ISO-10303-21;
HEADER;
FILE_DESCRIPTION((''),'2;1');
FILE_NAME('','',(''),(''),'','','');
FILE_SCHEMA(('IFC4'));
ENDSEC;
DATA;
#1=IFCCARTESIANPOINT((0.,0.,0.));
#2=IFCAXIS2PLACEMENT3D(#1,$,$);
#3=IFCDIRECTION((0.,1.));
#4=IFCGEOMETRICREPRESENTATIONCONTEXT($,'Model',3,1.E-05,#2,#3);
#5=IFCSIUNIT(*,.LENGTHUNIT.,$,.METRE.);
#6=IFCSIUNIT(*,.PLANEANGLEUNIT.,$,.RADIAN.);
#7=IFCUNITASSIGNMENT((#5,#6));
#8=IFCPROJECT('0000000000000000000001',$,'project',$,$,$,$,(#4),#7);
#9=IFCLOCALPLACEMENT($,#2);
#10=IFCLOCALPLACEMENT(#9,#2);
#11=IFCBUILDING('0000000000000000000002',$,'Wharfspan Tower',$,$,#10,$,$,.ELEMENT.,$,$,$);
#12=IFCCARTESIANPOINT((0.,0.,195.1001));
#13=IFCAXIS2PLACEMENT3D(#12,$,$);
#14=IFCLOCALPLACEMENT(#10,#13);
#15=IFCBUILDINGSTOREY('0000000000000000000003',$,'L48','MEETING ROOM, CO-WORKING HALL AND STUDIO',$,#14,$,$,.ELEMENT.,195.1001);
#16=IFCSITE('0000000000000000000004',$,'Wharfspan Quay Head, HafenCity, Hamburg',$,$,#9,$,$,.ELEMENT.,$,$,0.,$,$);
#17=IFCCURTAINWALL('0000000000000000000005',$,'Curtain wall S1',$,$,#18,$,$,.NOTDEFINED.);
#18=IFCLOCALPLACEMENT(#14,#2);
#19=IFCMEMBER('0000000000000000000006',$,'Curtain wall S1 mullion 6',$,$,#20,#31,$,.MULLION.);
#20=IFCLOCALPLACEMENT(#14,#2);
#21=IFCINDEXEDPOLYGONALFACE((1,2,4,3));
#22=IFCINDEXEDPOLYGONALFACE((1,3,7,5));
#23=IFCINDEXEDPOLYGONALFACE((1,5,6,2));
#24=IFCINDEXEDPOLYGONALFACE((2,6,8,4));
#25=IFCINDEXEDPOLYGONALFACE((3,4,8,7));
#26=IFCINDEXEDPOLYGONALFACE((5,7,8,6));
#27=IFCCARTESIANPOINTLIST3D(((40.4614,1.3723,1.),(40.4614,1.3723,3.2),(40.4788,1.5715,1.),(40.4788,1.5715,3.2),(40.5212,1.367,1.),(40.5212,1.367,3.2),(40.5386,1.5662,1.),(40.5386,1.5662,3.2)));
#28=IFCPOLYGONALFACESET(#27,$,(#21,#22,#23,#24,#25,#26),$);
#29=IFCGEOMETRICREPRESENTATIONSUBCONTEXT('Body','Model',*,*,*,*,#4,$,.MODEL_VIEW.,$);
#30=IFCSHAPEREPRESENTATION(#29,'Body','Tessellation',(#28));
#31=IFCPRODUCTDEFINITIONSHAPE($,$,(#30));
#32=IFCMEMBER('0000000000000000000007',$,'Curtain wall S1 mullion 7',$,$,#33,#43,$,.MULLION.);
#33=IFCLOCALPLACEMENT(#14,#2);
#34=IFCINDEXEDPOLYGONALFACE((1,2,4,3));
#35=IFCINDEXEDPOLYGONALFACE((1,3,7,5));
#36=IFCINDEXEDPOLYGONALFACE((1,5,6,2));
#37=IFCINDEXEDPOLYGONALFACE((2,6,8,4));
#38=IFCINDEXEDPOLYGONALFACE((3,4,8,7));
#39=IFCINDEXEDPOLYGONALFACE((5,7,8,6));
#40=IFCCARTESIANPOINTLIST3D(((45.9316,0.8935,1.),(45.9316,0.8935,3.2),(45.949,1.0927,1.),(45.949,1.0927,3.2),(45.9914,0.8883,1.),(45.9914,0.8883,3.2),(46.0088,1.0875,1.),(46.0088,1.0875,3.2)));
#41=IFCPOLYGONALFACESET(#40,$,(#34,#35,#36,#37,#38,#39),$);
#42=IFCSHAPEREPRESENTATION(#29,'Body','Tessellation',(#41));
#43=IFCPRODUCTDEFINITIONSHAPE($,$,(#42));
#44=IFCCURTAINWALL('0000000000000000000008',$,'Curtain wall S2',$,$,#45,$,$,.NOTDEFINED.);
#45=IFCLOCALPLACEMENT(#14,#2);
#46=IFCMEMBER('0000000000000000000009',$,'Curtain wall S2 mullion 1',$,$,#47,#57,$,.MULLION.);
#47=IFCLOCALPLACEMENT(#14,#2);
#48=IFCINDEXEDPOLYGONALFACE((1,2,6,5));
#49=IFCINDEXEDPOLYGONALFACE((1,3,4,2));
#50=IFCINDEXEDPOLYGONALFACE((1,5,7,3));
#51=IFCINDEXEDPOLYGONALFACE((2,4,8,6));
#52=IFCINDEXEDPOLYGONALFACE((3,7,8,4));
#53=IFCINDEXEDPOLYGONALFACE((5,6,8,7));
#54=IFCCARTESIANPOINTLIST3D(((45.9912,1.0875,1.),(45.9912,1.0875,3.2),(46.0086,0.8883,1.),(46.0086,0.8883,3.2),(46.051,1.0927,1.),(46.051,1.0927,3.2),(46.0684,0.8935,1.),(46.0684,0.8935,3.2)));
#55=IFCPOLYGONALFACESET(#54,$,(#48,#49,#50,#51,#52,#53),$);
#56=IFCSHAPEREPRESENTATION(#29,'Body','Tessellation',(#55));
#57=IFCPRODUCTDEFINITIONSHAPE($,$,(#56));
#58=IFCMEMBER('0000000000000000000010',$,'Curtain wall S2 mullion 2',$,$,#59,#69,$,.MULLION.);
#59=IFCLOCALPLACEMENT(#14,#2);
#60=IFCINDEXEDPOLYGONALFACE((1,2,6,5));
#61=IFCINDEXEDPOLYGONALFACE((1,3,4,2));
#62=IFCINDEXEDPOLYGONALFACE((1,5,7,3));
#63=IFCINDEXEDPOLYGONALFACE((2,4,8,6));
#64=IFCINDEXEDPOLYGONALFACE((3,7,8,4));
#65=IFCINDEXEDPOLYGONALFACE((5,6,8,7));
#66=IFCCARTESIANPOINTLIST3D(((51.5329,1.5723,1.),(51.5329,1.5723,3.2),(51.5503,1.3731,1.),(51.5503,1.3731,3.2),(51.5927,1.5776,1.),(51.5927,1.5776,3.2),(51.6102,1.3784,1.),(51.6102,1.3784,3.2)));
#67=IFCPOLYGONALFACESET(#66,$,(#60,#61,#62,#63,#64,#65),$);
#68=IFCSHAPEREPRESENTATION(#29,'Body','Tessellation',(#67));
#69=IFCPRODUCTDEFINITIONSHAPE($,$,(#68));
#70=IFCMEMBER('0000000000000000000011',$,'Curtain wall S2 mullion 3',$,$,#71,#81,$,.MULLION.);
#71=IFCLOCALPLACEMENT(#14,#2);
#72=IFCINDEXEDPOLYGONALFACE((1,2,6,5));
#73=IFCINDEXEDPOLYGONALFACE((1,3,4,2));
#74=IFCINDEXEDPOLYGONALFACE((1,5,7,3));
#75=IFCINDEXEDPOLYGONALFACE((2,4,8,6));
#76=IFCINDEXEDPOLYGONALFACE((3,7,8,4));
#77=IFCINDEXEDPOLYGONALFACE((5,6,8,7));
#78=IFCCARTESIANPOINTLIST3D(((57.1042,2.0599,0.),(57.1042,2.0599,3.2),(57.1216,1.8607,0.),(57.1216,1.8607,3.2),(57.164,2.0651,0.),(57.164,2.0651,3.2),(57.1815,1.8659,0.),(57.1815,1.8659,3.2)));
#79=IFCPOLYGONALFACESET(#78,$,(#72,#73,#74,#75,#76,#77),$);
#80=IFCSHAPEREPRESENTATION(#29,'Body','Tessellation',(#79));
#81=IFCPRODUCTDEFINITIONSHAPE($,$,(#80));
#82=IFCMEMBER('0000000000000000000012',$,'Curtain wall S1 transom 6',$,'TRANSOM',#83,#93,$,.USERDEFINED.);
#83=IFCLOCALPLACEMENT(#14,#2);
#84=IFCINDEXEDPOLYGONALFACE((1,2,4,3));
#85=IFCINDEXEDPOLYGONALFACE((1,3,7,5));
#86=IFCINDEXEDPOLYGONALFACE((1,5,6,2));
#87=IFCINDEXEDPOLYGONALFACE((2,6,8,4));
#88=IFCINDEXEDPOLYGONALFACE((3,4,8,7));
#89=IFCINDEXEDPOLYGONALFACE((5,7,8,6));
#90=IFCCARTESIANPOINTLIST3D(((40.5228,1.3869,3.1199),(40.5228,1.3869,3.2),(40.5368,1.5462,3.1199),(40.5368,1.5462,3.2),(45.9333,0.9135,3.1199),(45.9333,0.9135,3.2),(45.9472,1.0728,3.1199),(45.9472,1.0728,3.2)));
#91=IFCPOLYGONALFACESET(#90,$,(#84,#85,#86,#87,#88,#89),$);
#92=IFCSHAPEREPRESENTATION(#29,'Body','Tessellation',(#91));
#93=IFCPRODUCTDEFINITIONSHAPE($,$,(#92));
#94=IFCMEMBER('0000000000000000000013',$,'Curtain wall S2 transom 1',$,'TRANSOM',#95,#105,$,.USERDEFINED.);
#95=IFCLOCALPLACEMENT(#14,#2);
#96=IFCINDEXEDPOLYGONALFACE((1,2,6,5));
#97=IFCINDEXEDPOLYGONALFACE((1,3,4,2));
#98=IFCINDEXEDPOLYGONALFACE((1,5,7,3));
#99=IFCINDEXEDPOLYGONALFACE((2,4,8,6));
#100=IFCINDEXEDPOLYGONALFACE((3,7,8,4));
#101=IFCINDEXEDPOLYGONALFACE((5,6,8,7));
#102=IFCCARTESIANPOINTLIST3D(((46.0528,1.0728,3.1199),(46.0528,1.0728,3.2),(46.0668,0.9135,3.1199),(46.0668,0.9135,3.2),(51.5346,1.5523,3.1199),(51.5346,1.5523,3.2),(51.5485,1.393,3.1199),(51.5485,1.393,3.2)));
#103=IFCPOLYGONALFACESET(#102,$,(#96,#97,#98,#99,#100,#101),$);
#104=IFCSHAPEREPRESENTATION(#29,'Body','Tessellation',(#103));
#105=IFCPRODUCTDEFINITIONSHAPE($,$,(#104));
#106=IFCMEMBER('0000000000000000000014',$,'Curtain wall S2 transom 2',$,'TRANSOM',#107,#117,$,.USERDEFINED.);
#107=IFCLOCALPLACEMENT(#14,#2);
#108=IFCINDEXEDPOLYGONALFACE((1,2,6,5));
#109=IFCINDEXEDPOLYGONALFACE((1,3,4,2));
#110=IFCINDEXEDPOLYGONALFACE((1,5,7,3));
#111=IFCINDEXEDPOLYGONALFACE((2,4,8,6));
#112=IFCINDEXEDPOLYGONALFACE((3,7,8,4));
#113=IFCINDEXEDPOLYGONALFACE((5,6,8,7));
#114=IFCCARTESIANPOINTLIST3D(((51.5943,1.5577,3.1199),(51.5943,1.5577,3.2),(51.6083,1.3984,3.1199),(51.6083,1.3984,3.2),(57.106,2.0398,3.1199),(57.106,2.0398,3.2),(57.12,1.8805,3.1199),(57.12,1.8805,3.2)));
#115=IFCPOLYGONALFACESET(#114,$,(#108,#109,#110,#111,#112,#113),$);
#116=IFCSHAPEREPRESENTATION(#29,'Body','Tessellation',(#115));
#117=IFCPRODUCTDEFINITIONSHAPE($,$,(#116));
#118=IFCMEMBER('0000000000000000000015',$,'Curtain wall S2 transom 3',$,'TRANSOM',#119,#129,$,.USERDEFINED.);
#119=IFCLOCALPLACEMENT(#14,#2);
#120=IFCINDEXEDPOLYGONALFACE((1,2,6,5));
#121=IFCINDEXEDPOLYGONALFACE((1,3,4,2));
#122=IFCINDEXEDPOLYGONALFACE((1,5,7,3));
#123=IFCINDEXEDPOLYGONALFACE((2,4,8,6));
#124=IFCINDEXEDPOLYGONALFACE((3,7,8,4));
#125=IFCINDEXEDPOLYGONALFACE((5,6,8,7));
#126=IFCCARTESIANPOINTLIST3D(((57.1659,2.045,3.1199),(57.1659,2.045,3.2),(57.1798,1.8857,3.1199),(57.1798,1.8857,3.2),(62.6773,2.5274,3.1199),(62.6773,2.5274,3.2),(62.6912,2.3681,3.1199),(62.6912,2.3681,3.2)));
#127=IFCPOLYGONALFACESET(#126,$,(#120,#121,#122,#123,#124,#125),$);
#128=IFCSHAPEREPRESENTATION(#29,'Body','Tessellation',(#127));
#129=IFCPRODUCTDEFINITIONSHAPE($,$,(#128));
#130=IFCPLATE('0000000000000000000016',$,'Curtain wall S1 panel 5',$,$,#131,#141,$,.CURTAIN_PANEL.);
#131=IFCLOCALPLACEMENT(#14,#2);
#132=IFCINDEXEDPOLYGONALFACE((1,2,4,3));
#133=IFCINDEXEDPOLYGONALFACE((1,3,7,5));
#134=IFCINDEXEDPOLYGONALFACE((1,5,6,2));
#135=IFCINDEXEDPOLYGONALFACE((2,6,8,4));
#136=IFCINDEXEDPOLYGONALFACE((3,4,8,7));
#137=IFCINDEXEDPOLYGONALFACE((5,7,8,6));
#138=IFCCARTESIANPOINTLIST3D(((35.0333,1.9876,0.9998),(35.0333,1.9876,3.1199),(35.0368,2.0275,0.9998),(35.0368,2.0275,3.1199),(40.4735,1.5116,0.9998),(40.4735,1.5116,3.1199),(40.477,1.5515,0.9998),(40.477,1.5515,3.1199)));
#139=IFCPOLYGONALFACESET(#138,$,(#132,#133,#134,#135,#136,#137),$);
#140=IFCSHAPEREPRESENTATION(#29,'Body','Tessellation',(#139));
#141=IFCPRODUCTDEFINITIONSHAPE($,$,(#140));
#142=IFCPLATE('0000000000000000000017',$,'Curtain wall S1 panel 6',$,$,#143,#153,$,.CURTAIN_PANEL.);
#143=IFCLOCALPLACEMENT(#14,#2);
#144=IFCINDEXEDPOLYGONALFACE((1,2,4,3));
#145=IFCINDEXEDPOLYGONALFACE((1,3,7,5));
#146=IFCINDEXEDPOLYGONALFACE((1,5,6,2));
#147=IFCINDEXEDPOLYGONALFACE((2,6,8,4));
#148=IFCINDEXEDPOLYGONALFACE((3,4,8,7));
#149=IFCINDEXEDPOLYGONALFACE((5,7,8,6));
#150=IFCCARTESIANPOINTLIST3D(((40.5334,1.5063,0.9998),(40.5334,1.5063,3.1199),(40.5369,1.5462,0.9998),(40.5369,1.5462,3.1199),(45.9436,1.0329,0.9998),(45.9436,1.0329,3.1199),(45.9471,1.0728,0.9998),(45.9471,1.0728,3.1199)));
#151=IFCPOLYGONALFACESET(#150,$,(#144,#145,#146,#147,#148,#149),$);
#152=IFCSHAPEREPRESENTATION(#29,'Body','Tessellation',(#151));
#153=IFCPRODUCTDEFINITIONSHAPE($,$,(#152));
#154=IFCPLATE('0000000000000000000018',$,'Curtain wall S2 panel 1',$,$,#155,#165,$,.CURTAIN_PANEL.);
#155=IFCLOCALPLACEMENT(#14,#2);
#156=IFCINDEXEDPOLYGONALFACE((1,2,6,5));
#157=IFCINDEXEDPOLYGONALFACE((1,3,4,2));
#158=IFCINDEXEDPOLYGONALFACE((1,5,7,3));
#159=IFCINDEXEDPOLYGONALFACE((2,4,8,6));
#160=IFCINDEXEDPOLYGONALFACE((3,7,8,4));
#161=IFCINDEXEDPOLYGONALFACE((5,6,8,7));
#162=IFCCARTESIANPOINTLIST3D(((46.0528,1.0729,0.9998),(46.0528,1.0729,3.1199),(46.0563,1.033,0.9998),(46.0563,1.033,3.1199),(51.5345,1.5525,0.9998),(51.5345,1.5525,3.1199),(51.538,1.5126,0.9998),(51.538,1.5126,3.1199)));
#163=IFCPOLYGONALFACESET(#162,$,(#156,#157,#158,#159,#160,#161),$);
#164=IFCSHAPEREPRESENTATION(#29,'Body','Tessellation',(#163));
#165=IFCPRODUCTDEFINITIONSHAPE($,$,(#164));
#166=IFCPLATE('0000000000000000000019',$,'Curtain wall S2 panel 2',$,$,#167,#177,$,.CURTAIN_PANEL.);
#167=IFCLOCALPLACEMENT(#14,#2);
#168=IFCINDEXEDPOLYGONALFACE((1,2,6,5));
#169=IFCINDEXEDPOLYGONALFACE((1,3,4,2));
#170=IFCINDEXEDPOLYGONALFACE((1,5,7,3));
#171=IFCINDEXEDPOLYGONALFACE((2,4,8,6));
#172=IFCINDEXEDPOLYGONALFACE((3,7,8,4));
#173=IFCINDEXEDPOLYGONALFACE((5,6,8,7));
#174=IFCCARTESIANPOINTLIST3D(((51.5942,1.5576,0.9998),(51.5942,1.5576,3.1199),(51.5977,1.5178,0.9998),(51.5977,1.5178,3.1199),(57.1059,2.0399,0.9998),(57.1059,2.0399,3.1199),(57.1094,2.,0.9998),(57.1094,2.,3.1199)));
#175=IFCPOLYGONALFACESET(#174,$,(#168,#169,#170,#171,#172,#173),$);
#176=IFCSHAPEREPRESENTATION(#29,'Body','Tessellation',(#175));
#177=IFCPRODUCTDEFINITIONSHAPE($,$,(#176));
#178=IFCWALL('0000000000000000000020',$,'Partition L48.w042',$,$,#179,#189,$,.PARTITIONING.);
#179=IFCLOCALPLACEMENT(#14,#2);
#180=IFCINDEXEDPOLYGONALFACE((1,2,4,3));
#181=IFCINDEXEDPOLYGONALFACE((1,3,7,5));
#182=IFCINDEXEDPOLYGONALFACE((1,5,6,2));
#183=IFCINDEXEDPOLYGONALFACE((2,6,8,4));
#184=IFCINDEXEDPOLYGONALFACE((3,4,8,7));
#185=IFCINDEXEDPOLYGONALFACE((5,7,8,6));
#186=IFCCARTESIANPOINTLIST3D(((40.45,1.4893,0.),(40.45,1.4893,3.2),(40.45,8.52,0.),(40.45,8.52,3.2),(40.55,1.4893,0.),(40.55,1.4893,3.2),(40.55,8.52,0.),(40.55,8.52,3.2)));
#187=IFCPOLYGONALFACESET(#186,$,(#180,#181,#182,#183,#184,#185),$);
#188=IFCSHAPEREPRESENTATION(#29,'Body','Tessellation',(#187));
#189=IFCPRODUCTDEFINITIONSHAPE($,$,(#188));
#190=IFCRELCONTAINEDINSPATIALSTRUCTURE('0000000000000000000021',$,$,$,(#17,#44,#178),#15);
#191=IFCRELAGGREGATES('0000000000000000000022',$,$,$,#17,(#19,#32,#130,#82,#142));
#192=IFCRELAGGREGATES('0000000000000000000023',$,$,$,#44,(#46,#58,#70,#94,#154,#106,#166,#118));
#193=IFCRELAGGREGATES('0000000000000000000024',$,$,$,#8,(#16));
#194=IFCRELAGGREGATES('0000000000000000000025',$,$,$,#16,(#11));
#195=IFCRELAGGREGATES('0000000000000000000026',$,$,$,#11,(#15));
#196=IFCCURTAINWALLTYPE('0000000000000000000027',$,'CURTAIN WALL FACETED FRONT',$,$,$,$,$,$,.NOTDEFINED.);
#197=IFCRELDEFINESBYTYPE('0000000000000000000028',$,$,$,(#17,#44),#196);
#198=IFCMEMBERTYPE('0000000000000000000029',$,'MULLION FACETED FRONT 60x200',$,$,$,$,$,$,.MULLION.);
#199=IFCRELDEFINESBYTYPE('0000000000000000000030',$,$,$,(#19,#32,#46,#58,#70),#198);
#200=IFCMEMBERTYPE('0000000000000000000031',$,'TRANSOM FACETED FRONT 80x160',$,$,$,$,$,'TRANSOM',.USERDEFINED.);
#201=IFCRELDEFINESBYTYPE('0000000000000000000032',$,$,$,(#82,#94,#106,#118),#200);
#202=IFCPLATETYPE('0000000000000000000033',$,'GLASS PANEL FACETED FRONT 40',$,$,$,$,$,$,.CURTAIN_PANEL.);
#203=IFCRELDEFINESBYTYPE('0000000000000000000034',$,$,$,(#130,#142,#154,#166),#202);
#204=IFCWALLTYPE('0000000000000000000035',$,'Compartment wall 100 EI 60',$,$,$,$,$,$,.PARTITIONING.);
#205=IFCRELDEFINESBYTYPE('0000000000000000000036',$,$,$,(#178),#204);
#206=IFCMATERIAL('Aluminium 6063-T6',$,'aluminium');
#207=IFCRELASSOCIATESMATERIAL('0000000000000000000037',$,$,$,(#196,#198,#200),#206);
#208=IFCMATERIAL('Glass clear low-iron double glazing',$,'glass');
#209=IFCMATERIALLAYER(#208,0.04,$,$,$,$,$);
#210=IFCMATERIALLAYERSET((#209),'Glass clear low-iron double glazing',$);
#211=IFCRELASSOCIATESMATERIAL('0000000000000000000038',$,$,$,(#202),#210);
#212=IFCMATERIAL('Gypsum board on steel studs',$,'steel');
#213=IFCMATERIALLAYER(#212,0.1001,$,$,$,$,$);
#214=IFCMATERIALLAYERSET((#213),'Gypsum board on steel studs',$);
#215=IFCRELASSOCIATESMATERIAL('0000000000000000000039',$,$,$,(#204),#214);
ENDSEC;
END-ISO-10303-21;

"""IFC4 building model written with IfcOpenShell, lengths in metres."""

from ifc_helpers import new_model, si_unit, direction, frame, frame_2d, origin, origin_2d, place, context, subcontext, project, spatial, rectangle, extrude, material, layer, layer_set, material_profile, profile_set, type_object, element, aggregate, save


model = new_model("IFC4")

# Units and contexts
model_context = context("Model", 3, precision=1e-05, world=origin(), true_north=direction((0.0, 1.0)))
body_context = subcontext(model_context, "Body", "Model", "MODEL_VIEW")
ifc_project = project(units=[si_unit("LENGTHUNIT", "METRE"), si_unit("PLANEANGLEUNIT", "RADIAN")], contexts=[model_context])

# Site, building, storey
site_placement = place(None, origin())
site = spatial("IfcSite", under=ifc_project, at=site_placement, Name="Wharfspan Quay Head, HafenCity, Hamburg", CompositionType="ELEMENT", RefElevation=0.0)
building_placement = place(site_placement, origin())
building = spatial("IfcBuilding", under=site, at=building_placement, Name="Wharfspan Tower", CompositionType="ELEMENT")
storey_placement = place(building_placement, frame((0.0, 0.0, 195.1001)))
storey = spatial("IfcBuildingStorey", under=building, at=storey_placement, Name="L48", Description="MEETING ROOM, CO-WORKING HALL AND STUDIO", CompositionType="ELEMENT", Elevation=195.1001)

# Curtain walls, members
ifc_material_1 = material(Name="Aluminium 6063-T6", Category="aluminium")
curtain_wall_type = type_object("IfcCurtainWallType", Name="CURTAIN WALL FACETED FRONT", PredefinedType="NOTDEFINED", material=ifc_material_1)
curtain_wall_1_placement = place(storey_placement, origin())
curtain_wall_1 = element("IfcCurtainWall", 1, at=curtain_wall_1_placement, inside=storey, type_object=curtain_wall_type, Name="Curtain wall S1", PredefinedType="NOTDEFINED")
ifc_material_profile_1 = material_profile(ifc_material_1, rectangle(XDim=0.2, YDim=0.0601, at=origin_2d()))
ifc_profile_set_1 = profile_set([ifc_material_profile_1], Name="Aluminium 6063-T6")
member_type_1 = type_object("IfcMemberType", Name="MULLION FACETED FRONT 60x200", PredefinedType="MULLION", material=ifc_profile_set_1)
member_1_placement = place(storey_placement, frame((40.5, 1.4692, 1.0), z_axis=(0.0, 0.0, 1.0), x_axis=(0.087156, 0.996198, 0.0)))
member_1 = element("IfcMember", 2, at=member_1_placement, type_object=member_type_1, Name="Curtain wall S1 mullion 6", PredefinedType="MULLION", context=body_context, shape_type="SweptSolid", body=[
    extrude(rectangle(XDim=0.2, YDim=0.0601, at=origin_2d()), origin(), (0.0, 0.0, 1.0), 2.2),
])
member_2_placement = place(storey_placement, frame((45.9702, 0.9905, 1.0), z_axis=(0.0, 0.0, 1.0), x_axis=(0.087156, 0.996198, 0.0)))
member_2 = element("IfcMember", 3, at=member_2_placement, type_object=member_type_1, Name="Curtain wall S1 mullion 7", PredefinedType="MULLION", context=body_context, shape_type="SweptSolid", body=[
    extrude(rectangle(XDim=0.2, YDim=0.0601, at=origin_2d()), origin(), (0.0, 0.0, 1.0), 2.2),
])
curtain_wall_2_placement = place(storey_placement, origin())
curtain_wall_2 = element("IfcCurtainWall", 4, at=curtain_wall_2_placement, inside=storey, type_object=curtain_wall_type, Name="Curtain wall S2", PredefinedType="NOTDEFINED")
member_3_placement = place(storey_placement, frame((46.0298, 0.9905, 1.0), z_axis=(0.0, 0.0, 1.0), x_axis=(-0.087156, 0.996198, 0.0)))
member_3 = element("IfcMember", 5, at=member_3_placement, type_object=member_type_1, Name="Curtain wall S2 mullion 1", PredefinedType="MULLION", context=body_context, shape_type="SweptSolid", body=[
    extrude(rectangle(XDim=0.2, YDim=0.0601, at=origin_2d()), origin(), (0.0, 0.0, 1.0), 2.2),
])
member_4_placement = place(storey_placement, frame((51.5715, 1.4753, 1.0), z_axis=(0.0, 0.0, 1.0), x_axis=(-0.087156, 0.996198, 0.0)))
member_4 = element("IfcMember", 6, at=member_4_placement, type_object=member_type_1, Name="Curtain wall S2 mullion 2", PredefinedType="MULLION", context=body_context, shape_type="SweptSolid", body=[
    extrude(rectangle(XDim=0.2, YDim=0.0601, at=origin_2d()), origin(), (0.0, 0.0, 1.0), 2.2),
])
member_5_placement = place(storey_placement, frame((57.1428, 1.9629, 0.0), z_axis=(0.0, 0.0, 1.0), x_axis=(-0.087156, 0.996198, 0.0)))
member_5 = element("IfcMember", 7, at=member_5_placement, type_object=member_type_1, Name="Curtain wall S2 mullion 3", PredefinedType="MULLION", context=body_context, shape_type="SweptSolid", body=[
    extrude(rectangle(XDim=0.2, YDim=0.0601, at=origin_2d()), origin(), (0.0, 0.0, 1.0), 3.2),
])

# Members
ifc_material_profile_2 = material_profile(ifc_material_1, rectangle(XDim=0.1599, YDim=0.0801, at=origin_2d()))
ifc_profile_set_2 = profile_set([ifc_material_profile_2], Name="Aluminium 6063-T6")
member_type_2 = type_object("IfcMemberType", Name="TRANSOM FACETED FRONT 80x160", ElementType="TRANSOM", PredefinedType="USERDEFINED", material=ifc_profile_set_2)
member_6_placement = place(storey_placement, frame((40.5298, 1.4666, 3.1599), z_axis=(0.996194, -0.087163, 0.0), x_axis=(0.087163, 0.996194, 0.0)))
member_6 = element("IfcMember", 8, at=member_6_placement, type_object=member_type_2, Name="Curtain wall S1 transom 6", ObjectType="TRANSOM", PredefinedType="USERDEFINED", context=body_context, shape_type="SweptSolid", body=[
    extrude(rectangle(XDim=0.1599, YDim=0.0801, at=origin_2d()), origin(), (0.0, 0.0, 1.0), 5.4312),
])
member_7_placement = place(storey_placement, frame((46.0598, 0.9932, 3.1599), z_axis=(0.996196, 0.087139, 0.0), x_axis=(-0.087139, 0.996196, 0.0)))
member_7 = element("IfcMember", 9, at=member_7_placement, type_object=member_type_2, Name="Curtain wall S2 transom 1", ObjectType="TRANSOM", PredefinedType="USERDEFINED", context=body_context, shape_type="SweptSolid", body=[
    extrude(rectangle(XDim=0.1599, YDim=0.0801, at=origin_2d()), origin(), (0.0, 0.0, 1.0), 5.5027),
])
member_8_placement = place(storey_placement, frame((51.6013, 1.478, 3.1599), z_axis=(0.996195, 0.087149, 0.0), x_axis=(-0.087149, 0.996195, 0.0)))
member_8 = element("IfcMember", 10, at=member_8_placement, type_object=member_type_2, Name="Curtain wall S2 transom 2", ObjectType="TRANSOM", PredefinedType="USERDEFINED", context=body_context, shape_type="SweptSolid", body=[
    extrude(rectangle(XDim=0.1599, YDim=0.0801, at=origin_2d()), origin(), (0.0, 0.0, 1.0), 5.5327),
])
member_9_placement = place(storey_placement, frame((57.1729, 1.9653, 3.1599), z_axis=(0.996191, 0.087197, 0.0), x_axis=(-0.087197, 0.996191, 0.0)))
member_9 = element("IfcMember", 11, at=member_9_placement, type_object=member_type_2, Name="Curtain wall S2 transom 3", ObjectType="TRANSOM", PredefinedType="USERDEFINED", context=body_context, shape_type="SweptSolid", body=[
    extrude(rectangle(XDim=0.1599, YDim=0.0801, at=origin_2d()), origin(), (0.0, 0.0, 1.0), 5.5325),
])

# Plates
ifc_material_2 = material(Name="Glass clear low-iron double glazing", Category="glass")
ifc_layer_1 = layer(ifc_material_2, 0.04)
ifc_layer_set_1 = layer_set([ifc_layer_1], Name="Glass clear low-iron double glazing")
plate_type = type_object("IfcPlateType", Name="GLASS PANEL FACETED FRONT 40", PredefinedType="CURTAIN_PANEL", material=ifc_layer_set_1)
plate_1_placement = place(storey_placement, frame((37.7551, 1.7695, 0.9998), z_axis=(0.0, 0.0, 1.0), x_axis=(0.996198, -0.087156, 0.0)))
plate_1 = element("IfcPlate", 12, at=plate_1_placement, type_object=plate_type, Name="Curtain wall S1 panel 5", PredefinedType="CURTAIN_PANEL", context=body_context, shape_type="SweptSolid", body=[
    extrude(rectangle(XDim=5.4609, YDim=0.04, at=origin_2d()), origin(), (0.0, 0.0, 1.0), 2.1201),
])
plate_2_placement = place(storey_placement, frame((43.2402, 1.2896, 0.9998), z_axis=(0.0, 0.0, 1.0), x_axis=(0.996198, -0.087156, 0.0)))
plate_2 = element("IfcPlate", 13, at=plate_2_placement, type_object=plate_type, Name="Curtain wall S1 panel 6", PredefinedType="CURTAIN_PANEL", context=body_context, shape_type="SweptSolid", body=[
    extrude(rectangle(XDim=5.4309, YDim=0.04, at=origin_2d()), origin(), (0.0, 0.0, 1.0), 2.1201),
])
aggregate(curtain_wall_1, [member_1, member_2, plate_1, member_6, plate_2])
plate_3_placement = place(storey_placement, frame((48.7954, 1.2927, 0.9998), z_axis=(0.0, 0.0, 1.0), x_axis=(0.996198, 0.087156, 0.0)))
plate_3 = element("IfcPlate", 14, at=plate_3_placement, type_object=plate_type, Name="Curtain wall S2 panel 1", PredefinedType="CURTAIN_PANEL", context=body_context, shape_type="SweptSolid", body=[
    extrude(rectangle(XDim=5.5027, YDim=0.04, at=origin_2d()), origin(), (0.0, 0.0, 1.0), 2.1201),
])
plate_4_placement = place(storey_placement, frame((54.3518, 1.7788, 0.9998), z_axis=(0.0, 0.0, 1.0), x_axis=(0.996198, 0.087156, 0.0)))
plate_4 = element("IfcPlate", 15, at=plate_4_placement, type_object=plate_type, Name="Curtain wall S2 panel 2", PredefinedType="CURTAIN_PANEL", context=body_context, shape_type="SweptSolid", body=[
    extrude(rectangle(XDim=5.5327, YDim=0.04, at=origin_2d()), origin(), (0.0, 0.0, 1.0), 2.1201),
])
aggregate(curtain_wall_2, [member_3, member_4, member_5, member_7, plate_3, member_8, plate_4, member_9])

# Wall
ifc_material_3 = material(Name="Gypsum board on steel studs", Category="steel")
ifc_layer_2 = layer(ifc_material_3, 0.1001)
ifc_layer_set_2 = layer_set([ifc_layer_2], Name="Gypsum board on steel studs")
wall_type_1 = type_object("IfcWallType", Name="Compartment wall 100 EI 60", PredefinedType="PARTITIONING", material=ifc_layer_set_2)
wall_1_placement = place(storey_placement, frame((40.5, 1.4893, 0.0), z_axis=(0.0, 0.0, 1.0), x_axis=(0.0, 1.0, 0.0)))
element("IfcWall", 16, at=wall_1_placement, inside=storey, type_object=wall_type_1, Name="Partition L48.w042", PredefinedType="PARTITIONING", context=body_context, shape_type="SweptSolid", body=[
    extrude(rectangle(XDim=7.0308, YDim=0.1001, at=frame_2d((3.5154, 0.0))), origin(), (0.0, 0.0, 1.0), 3.2),
])

save(model, "model.ifc")
